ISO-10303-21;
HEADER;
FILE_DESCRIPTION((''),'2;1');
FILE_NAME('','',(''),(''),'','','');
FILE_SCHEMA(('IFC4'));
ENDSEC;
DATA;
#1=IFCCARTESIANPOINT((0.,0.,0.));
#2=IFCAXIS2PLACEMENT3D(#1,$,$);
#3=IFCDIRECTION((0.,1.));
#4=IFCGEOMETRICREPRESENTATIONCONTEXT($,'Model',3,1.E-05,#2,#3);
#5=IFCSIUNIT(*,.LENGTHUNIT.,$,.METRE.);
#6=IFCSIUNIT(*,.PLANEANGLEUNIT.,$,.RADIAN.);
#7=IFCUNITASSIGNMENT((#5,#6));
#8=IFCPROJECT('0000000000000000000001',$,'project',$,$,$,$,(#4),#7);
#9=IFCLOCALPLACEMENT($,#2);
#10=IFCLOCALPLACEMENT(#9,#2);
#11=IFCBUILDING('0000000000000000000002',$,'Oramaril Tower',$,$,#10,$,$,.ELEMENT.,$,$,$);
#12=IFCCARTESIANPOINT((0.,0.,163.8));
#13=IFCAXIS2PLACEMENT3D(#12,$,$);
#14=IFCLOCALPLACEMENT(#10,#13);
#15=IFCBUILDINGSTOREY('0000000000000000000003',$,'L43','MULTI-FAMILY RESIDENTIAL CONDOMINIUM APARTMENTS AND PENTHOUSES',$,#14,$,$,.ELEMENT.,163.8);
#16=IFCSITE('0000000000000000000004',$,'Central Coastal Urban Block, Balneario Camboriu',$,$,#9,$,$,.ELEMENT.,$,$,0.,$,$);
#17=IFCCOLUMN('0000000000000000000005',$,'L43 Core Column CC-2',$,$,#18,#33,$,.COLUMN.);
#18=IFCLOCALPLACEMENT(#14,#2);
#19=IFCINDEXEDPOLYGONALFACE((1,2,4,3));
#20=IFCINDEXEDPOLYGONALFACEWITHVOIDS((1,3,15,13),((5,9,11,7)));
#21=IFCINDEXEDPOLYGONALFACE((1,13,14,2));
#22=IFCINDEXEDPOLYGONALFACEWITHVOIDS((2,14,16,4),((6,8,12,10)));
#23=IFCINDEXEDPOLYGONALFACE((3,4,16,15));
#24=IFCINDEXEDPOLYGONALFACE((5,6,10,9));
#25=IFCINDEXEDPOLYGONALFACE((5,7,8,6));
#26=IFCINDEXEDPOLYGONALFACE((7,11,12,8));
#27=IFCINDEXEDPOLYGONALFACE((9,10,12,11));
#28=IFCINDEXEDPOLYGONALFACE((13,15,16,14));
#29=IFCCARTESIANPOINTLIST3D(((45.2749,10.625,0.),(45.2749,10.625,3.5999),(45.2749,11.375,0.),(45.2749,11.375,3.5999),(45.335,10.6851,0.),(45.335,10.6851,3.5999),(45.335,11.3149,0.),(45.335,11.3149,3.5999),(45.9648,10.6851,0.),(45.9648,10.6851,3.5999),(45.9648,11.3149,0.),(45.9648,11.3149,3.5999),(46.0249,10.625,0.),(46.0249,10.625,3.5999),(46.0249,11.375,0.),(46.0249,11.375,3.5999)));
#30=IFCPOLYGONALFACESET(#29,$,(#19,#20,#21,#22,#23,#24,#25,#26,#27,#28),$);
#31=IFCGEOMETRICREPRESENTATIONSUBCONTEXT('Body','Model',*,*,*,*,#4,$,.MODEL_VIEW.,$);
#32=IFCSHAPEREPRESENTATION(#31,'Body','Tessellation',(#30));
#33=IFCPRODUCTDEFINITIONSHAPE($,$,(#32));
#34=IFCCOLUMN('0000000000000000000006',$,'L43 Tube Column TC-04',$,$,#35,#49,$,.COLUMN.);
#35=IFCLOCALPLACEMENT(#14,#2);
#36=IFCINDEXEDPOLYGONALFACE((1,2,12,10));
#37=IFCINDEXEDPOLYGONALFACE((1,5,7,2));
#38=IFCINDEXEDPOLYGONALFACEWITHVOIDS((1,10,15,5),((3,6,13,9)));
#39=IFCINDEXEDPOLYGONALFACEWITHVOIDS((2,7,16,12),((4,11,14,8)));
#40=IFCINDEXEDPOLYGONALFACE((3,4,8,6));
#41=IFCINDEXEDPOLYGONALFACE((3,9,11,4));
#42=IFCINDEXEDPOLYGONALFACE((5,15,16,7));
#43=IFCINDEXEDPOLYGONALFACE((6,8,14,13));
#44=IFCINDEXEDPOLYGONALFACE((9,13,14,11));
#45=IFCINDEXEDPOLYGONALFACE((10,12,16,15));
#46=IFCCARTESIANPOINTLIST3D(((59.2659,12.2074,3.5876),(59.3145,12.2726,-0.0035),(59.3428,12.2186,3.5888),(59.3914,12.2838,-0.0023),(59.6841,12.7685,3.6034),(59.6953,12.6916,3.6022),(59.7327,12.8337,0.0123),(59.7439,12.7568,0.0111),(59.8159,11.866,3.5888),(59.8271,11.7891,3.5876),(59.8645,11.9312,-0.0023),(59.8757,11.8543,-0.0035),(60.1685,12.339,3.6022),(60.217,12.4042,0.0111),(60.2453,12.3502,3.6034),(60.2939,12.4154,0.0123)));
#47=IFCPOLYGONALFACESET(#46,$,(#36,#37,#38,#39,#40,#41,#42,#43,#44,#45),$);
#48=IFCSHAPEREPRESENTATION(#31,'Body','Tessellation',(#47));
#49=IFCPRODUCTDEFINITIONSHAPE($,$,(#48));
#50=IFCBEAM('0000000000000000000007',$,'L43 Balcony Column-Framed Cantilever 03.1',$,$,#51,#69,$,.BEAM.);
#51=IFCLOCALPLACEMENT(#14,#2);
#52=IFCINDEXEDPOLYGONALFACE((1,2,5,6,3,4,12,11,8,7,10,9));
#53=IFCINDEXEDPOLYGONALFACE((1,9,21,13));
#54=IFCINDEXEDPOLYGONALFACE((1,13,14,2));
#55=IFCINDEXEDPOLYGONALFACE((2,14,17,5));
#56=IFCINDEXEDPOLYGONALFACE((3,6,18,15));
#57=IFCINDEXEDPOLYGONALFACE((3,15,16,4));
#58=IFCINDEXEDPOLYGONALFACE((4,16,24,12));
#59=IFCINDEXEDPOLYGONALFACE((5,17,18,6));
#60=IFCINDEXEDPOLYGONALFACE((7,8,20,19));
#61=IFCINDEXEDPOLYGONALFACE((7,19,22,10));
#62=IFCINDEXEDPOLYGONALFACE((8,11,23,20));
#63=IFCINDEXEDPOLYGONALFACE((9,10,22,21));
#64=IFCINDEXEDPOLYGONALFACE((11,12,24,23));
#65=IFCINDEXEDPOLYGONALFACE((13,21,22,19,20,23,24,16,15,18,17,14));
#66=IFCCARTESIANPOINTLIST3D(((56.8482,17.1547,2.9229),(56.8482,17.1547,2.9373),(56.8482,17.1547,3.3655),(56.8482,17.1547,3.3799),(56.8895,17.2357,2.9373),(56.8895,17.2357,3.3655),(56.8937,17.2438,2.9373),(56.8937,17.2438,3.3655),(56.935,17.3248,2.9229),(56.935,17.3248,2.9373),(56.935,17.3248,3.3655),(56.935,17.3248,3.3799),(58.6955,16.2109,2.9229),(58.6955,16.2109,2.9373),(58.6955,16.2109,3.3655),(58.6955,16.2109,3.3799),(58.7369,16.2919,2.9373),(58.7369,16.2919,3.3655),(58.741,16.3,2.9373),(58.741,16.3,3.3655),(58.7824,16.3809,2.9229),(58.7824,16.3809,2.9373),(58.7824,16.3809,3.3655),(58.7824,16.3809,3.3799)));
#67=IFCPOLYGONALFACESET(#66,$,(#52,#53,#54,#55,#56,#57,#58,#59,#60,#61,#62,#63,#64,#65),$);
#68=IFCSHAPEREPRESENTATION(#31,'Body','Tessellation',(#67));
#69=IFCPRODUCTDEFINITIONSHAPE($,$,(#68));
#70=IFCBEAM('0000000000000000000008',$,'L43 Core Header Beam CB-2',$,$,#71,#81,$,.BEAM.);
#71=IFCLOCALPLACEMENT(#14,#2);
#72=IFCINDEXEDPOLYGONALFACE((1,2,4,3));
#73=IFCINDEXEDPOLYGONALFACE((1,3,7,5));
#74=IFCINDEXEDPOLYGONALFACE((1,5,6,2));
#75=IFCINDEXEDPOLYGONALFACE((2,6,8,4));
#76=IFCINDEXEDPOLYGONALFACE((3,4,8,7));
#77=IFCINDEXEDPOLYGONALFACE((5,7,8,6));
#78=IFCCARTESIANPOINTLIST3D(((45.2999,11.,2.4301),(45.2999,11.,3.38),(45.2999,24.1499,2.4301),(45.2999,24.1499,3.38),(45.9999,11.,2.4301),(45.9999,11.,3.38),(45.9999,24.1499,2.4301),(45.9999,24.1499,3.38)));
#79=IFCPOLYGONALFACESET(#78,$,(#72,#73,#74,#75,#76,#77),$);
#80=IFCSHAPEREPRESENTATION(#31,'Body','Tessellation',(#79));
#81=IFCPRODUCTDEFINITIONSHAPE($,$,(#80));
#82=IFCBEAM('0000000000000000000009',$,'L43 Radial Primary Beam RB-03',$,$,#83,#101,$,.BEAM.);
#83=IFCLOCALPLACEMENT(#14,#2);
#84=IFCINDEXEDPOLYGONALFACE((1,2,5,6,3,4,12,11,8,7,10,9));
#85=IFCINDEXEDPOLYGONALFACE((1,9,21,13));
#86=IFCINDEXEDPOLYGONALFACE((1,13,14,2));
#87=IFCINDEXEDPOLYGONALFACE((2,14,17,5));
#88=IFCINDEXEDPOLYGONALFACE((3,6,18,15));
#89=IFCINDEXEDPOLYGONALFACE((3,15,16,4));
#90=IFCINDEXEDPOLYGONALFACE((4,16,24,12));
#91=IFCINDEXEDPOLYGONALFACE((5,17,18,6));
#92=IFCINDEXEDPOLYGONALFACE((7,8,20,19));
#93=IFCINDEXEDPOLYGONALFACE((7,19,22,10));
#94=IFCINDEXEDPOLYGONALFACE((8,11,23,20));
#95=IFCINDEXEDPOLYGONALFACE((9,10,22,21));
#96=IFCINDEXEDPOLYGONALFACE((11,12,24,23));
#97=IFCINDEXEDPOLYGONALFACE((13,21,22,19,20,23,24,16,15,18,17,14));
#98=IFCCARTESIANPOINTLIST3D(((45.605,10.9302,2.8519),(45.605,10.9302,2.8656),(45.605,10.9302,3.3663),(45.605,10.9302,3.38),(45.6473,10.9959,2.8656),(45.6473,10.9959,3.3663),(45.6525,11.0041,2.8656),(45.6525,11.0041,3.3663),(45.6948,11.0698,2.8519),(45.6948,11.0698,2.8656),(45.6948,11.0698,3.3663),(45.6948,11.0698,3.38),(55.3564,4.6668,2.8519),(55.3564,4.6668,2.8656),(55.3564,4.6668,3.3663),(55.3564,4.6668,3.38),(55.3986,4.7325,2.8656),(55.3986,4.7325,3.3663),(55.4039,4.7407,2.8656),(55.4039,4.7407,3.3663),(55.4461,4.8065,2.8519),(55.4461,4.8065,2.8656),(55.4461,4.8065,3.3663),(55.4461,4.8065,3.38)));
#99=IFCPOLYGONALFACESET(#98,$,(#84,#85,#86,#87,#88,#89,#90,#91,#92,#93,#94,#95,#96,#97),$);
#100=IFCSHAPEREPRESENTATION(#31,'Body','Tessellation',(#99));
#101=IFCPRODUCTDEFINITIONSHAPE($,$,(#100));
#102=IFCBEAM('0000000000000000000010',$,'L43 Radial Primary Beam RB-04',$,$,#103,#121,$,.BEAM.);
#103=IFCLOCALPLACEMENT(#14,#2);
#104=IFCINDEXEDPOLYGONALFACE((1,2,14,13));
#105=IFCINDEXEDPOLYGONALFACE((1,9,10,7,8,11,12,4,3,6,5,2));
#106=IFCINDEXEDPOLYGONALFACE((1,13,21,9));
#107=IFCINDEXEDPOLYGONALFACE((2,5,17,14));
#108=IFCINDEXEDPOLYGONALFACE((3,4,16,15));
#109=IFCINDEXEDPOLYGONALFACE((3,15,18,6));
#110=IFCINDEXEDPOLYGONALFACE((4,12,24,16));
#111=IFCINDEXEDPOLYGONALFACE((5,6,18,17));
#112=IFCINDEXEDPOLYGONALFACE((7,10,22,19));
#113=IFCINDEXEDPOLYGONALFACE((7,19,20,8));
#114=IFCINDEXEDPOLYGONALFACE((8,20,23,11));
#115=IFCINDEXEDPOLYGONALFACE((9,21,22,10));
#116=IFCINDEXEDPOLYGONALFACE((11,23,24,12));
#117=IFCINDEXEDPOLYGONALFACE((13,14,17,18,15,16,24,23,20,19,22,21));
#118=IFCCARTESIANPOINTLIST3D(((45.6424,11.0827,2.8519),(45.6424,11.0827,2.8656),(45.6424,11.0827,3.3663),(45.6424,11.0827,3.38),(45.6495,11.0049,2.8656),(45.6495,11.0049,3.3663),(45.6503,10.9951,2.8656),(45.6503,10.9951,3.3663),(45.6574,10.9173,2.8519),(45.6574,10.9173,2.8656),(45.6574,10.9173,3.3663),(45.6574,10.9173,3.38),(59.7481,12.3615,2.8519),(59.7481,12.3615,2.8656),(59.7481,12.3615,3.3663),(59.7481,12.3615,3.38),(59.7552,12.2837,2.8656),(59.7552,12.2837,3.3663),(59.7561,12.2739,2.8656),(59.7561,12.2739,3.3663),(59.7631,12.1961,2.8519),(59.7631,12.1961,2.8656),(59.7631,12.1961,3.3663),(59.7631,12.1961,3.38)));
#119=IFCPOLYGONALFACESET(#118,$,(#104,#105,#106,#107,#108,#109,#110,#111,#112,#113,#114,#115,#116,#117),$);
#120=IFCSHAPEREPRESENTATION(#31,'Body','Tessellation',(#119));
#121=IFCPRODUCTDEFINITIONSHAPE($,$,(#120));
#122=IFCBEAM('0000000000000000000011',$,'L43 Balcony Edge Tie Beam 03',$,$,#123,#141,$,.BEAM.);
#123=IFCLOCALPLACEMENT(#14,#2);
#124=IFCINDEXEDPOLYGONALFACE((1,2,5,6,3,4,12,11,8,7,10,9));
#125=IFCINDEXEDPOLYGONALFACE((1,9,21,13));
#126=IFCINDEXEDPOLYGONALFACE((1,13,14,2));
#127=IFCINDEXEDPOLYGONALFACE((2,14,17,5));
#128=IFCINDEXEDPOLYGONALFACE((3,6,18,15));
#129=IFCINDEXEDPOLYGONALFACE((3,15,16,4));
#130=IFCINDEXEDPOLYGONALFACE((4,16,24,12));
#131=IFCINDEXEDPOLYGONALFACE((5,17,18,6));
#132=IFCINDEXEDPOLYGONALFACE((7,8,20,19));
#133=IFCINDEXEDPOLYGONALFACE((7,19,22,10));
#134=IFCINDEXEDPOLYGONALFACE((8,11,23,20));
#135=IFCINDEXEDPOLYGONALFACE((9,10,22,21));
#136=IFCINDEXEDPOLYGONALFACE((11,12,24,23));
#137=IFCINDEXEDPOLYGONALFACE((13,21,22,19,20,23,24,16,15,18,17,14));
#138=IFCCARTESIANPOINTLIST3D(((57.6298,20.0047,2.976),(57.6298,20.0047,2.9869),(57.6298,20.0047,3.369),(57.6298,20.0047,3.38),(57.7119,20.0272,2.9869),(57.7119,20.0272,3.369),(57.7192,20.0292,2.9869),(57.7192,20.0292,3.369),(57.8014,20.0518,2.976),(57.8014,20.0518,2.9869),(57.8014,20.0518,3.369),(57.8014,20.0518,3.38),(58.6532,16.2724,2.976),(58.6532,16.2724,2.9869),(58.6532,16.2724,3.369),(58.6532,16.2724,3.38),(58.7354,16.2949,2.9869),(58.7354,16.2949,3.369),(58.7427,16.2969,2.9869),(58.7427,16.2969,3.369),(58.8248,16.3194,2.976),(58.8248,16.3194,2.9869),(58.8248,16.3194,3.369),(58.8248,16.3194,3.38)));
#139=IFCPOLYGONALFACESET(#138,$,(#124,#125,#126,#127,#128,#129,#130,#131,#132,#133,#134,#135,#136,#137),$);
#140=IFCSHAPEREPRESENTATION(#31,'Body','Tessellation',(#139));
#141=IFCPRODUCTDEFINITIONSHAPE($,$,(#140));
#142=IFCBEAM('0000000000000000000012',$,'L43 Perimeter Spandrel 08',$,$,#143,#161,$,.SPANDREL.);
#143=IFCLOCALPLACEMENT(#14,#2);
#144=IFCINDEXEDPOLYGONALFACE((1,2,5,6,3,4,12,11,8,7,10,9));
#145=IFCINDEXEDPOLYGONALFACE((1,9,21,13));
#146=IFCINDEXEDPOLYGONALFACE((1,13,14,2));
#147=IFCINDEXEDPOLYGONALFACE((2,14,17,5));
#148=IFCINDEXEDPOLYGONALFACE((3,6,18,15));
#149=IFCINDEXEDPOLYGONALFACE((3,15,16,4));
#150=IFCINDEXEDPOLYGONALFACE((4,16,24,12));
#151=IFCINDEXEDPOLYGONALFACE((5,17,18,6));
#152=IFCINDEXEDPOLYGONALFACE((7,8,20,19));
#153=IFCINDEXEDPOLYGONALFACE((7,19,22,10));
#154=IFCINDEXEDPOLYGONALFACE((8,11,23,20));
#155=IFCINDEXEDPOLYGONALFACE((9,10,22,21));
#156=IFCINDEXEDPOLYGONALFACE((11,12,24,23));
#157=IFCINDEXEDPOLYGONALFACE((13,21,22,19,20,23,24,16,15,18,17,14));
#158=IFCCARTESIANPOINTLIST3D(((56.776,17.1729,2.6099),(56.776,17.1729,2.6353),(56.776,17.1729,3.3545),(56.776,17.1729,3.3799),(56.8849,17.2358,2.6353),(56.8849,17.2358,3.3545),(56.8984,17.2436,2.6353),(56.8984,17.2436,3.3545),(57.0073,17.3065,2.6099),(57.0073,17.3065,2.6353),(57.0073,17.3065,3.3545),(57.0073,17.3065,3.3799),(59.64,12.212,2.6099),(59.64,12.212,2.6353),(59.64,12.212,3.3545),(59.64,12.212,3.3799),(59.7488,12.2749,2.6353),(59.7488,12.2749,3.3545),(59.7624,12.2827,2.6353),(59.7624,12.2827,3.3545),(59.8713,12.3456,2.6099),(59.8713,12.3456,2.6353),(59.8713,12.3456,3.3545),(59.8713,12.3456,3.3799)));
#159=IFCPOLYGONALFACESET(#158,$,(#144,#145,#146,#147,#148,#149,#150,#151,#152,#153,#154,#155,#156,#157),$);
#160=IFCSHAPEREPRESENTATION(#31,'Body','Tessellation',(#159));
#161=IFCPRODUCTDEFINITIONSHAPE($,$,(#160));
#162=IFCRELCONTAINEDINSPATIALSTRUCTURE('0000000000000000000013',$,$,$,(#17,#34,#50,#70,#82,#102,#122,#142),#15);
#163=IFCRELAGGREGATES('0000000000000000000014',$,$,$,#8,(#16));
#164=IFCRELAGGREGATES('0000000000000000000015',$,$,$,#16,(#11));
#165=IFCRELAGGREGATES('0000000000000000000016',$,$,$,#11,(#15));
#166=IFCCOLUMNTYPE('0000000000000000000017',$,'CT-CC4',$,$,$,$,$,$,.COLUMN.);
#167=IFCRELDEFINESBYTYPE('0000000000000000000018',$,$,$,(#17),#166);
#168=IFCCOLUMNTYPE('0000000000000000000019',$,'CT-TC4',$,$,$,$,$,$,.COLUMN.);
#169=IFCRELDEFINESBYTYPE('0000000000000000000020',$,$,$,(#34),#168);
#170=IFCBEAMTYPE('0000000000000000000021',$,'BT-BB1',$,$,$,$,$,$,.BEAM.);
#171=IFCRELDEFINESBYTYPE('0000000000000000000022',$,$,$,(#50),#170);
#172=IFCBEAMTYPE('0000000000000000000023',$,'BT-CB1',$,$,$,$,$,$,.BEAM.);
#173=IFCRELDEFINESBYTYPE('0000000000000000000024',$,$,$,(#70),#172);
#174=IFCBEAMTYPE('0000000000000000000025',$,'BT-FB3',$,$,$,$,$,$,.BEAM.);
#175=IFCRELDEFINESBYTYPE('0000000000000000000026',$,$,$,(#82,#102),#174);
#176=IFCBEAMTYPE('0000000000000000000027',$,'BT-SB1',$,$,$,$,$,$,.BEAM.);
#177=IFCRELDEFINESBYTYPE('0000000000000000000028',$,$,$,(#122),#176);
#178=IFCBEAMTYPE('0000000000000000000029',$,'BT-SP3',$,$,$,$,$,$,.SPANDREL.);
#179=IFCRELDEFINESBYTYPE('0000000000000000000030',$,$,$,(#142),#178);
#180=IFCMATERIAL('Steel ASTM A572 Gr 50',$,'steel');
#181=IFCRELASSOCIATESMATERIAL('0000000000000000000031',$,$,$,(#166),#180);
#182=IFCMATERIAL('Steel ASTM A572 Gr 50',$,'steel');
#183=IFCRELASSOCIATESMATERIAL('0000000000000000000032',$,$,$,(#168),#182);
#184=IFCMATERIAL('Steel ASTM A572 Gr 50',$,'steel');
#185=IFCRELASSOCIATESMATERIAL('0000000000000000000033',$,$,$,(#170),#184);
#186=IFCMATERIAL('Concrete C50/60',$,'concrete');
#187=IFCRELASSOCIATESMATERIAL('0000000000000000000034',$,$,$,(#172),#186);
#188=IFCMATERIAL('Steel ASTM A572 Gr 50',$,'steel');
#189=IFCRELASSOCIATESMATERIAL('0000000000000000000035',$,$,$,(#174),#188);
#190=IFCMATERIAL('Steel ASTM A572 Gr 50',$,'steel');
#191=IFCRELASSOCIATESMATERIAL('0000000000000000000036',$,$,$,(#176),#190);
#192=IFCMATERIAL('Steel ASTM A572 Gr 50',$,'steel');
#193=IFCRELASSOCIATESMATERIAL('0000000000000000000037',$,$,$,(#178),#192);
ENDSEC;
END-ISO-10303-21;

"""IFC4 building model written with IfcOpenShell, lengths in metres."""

from ifc_helpers import new_model, si_unit, direction, frame, origin, origin_2d, place, context, subcontext, project, spatial, rectangle, hollow_rectangle, i_section, extrude, material, material_profile, profile_set, type_object, element, save


model = new_model("IFC4")

# Units and contexts
model_context = context("Model", 3, precision=1e-05, world=origin(), true_north=direction((0.0, 1.0)))
body_context = subcontext(model_context, "Body", "Model", "MODEL_VIEW")
ifc_project = project(units=[si_unit("LENGTHUNIT", "METRE"), si_unit("PLANEANGLEUNIT", "RADIAN")], contexts=[model_context])

# Site, building, storey
site_placement = place(None, origin())
site = spatial("IfcSite", under=ifc_project, at=site_placement, Name="Central Coastal Urban Block, Balneario Camboriu", CompositionType="ELEMENT", RefElevation=0.0)
building_placement = place(site_placement, origin())
building = spatial("IfcBuilding", under=site, at=building_placement, Name="Oramaril Tower", CompositionType="ELEMENT")
storey_placement = place(building_placement, frame((0.0, 0.0, 163.8)))
storey = spatial("IfcBuildingStorey", under=building, at=storey_placement, Name="L43", Description="MULTI-FAMILY RESIDENTIAL CONDOMINIUM APARTMENTS AND PENTHOUSES", CompositionType="ELEMENT", Elevation=163.8)

# Columns
ifc_material_1 = material(Name="Steel ASTM A572 Gr 50", Category="steel")
ifc_material_profile_1 = material_profile(ifc_material_1, hollow_rectangle(XDim=0.75, YDim=0.75, WallThickness=0.0601, at=origin_2d()), Name="BOX750X750X60")
ifc_profile_set_1 = profile_set([ifc_material_profile_1], Name="Steel ASTM A572 Gr 50")
column_type_1 = type_object("IfcColumnType", Name="CT-CC4", PredefinedType="COLUMN", material=ifc_profile_set_1)
column_1_placement = place(storey_placement, frame((45.6499, 11.0, 0.0), z_axis=(0.0, 0.0, 1.0), x_axis=(1.0, 0.0, 0.0)))
element("IfcColumn", 1, at=column_1_placement, inside=storey, type_object=column_type_1, Name="L43 Core Column CC-2", PredefinedType="COLUMN", context=body_context, shape_type="SweptSolid", body=[
    extrude(hollow_rectangle(XDim=0.75, YDim=0.75, WallThickness=0.0601, at=origin_2d()), origin(), (0.0, 0.0, 1.0), 3.5999),
])
ifc_material_2 = material(Name="Steel ASTM A572 Gr 50", Category="steel")
ifc_material_profile_2 = material_profile(ifc_material_2, hollow_rectangle(XDim=0.7, YDim=0.7, WallThickness=0.0549, at=origin_2d()), Name="BOX700X700X55")
ifc_profile_set_2 = profile_set([ifc_material_profile_2], Name="Steel ASTM A572 Gr 50")
column_type_2 = type_object("IfcColumnType", Name="CT-TC4", PredefinedType="COLUMN", material=ifc_profile_set_2)
column_2_placement = place(storey_placement, frame((59.8042, 12.344, 0.0044), z_axis=(-0.013526, -0.018148, 0.999744), x_axis=(0.801798, -0.597595, 0.0)))
element("IfcColumn", 2, at=column_2_placement, inside=storey, type_object=column_type_2, Name="L43 Tube Column TC-04", PredefinedType="COLUMN", context=body_context, shape_type="SweptSolid", body=[
    extrude(hollow_rectangle(XDim=0.7, YDim=0.7, WallThickness=0.0549, at=origin_2d()), origin(), (0.0, 0.0, 1.0), 3.592),
])

# Beams
ifc_material_3 = material(Name="Steel ASTM A572 Gr 50", Category="steel")
ifc_material_profile_3 = material_profile(ifc_material_3, i_section(OverallWidth=0.1909, OverallDepth=0.457, WebThickness=0.009, FlangeThickness=0.0144, at=origin_2d()), Name="W18X50")
ifc_profile_set_3 = profile_set([ifc_material_profile_3], Name="Steel ASTM A572 Gr 50")
beam_type_1 = type_object("IfcBeamType", Name="BT-BB1", PredefinedType="BEAM", material=ifc_profile_set_3)
beam_1_placement = place(storey_placement, frame((56.8916, 17.2397, 3.1514), z_axis=(0.89051, -0.454964, 0.0), x_axis=(0.454964, 0.89051, 0.0)))
element("IfcBeam", 3, at=beam_1_placement, inside=storey, type_object=beam_type_1, Name="L43 Balcony Column-Framed Cantilever 03.1", PredefinedType="BEAM", context=body_context, shape_type="SweptSolid", body=[
    extrude(i_section(OverallWidth=0.1909, OverallDepth=0.457, WebThickness=0.009, FlangeThickness=0.0144, at=origin_2d()), origin(), (0.0, 0.0, 1.0), 2.0745),
])
ifc_material_4 = material(Name="Concrete C50/60", Category="concrete")
ifc_material_profile_4 = material_profile(ifc_material_4, rectangle(XDim=0.7, YDim=0.95, at=origin_2d()), Name="CB700X950")
ifc_profile_set_4 = profile_set([ifc_material_profile_4], Name="Concrete C50/60")
beam_type_2 = type_object("IfcBeamType", Name="BT-CB1", PredefinedType="BEAM", material=ifc_profile_set_4)
beam_2_placement = place(storey_placement, frame((45.6499, 11.0, 2.905), z_axis=(0.0, 1.0, 0.0), x_axis=(-1.0, 0.0, 0.0)))
element("IfcBeam", 4, at=beam_2_placement, inside=storey, type_object=beam_type_2, Name="L43 Core Header Beam CB-2", PredefinedType="BEAM", context=body_context, shape_type="SweptSolid", body=[
    extrude(rectangle(XDim=0.7, YDim=0.95, at=origin_2d()), origin(), (0.0, 0.0, 1.0), 13.1499),
])
ifc_material_5 = material(Name="Steel ASTM A572 Gr 50", Category="steel")
ifc_material_profile_5 = material_profile(ifc_material_5, i_section(OverallWidth=0.166, OverallDepth=0.5281, WebThickness=0.0098, FlangeThickness=0.0137, at=origin_2d()), Name="W21X50")
ifc_profile_set_5 = profile_set([ifc_material_profile_5], Name="Steel ASTM A572 Gr 50")
beam_type_3 = type_object("IfcBeamType", Name="BT-FB3", PredefinedType="BEAM", material=ifc_profile_set_5)
beam_3_placement = place(storey_placement, frame((45.6499, 11.0, 3.116), z_axis=(0.841389, -0.54043, 0.0), x_axis=(0.54043, 0.841389, 0.0)))
element("IfcBeam", 5, at=beam_3_placement, inside=storey, type_object=beam_type_3, Name="L43 Radial Primary Beam RB-03", PredefinedType="BEAM", context=body_context, shape_type="SweptSolid", body=[
    extrude(i_section(OverallWidth=0.166, OverallDepth=0.5281, WebThickness=0.0098, FlangeThickness=0.0137, at=origin_2d()), origin(), (0.0, 0.0, 1.0), 11.5896),
])
beam_4_placement = place(storey_placement, frame((45.6499, 11.0, 3.116), z_axis=(0.995916, 0.090289, 0.0), x_axis=(-0.090289, 0.995916, 0.0)))
element("IfcBeam", 6, at=beam_4_placement, inside=storey, type_object=beam_type_3, Name="L43 Radial Primary Beam RB-04", PredefinedType="BEAM", context=body_context, shape_type="SweptSolid", body=[
    extrude(i_section(OverallWidth=0.166, OverallDepth=0.5281, WebThickness=0.0098, FlangeThickness=0.0137, at=origin_2d()), origin(), (0.0, 0.0, 1.0), 14.1636),
])
ifc_material_6 = material(Name="Steel ASTM A572 Gr 50", Category="steel")
ifc_material_profile_6 = material_profile(ifc_material_6, i_section(OverallWidth=0.178, OverallDepth=0.4041, WebThickness=0.0076, FlangeThickness=0.011, at=origin_2d()), Name="W16X36")
ifc_profile_set_6 = profile_set([ifc_material_profile_6], Name="Steel ASTM A572 Gr 50")
beam_type_4 = type_object("IfcBeamType", Name="BT-SB1", PredefinedType="BEAM", material=ifc_profile_set_6)
beam_5_placement = place(storey_placement, frame((58.739, 16.2959, 3.178), z_axis=(-0.264441, 0.964402, 0.0), x_axis=(-0.964402, -0.264441, 0.0)))
element("IfcBeam", 7, at=beam_5_placement, inside=storey, type_object=beam_type_4, Name="L43 Balcony Edge Tie Beam 03", PredefinedType="BEAM", context=body_context, shape_type="SweptSolid", body=[
    extrude(i_section(OverallWidth=0.178, OverallDepth=0.4041, WebThickness=0.0076, FlangeThickness=0.011, at=origin_2d()), origin(), (0.0, 0.0, 1.0), 3.8701),
])
ifc_material_7 = material(Name="Steel ASTM A572 Gr 50", Category="steel")
ifc_material_profile_7 = material_profile(ifc_material_7, i_section(OverallWidth=0.2671, OverallDepth=0.77, WebThickness=0.0156, FlangeThickness=0.0254, at=origin_2d()), Name="W30X132")
ifc_profile_set_7 = profile_set([ifc_material_profile_7], Name="Steel ASTM A572 Gr 50")
beam_type_5 = type_object("IfcBeamType", Name="BT-SP3", PredefinedType="SPANDREL", material=ifc_profile_set_7)
beam_6_placement = place(storey_placement, frame((59.7556, 12.2788, 2.9949), z_axis=(-0.499976, 0.866039, 0.0), x_axis=(-0.866039, -0.499976, 0.0)))
element("IfcBeam", 8, at=beam_6_placement, inside=storey, type_object=beam_type_5, Name="L43 Perimeter Spandrel 08", PredefinedType="SPANDREL", context=body_context, shape_type="SweptSolid", body=[
    extrude(i_section(OverallWidth=0.2671, OverallDepth=0.77, WebThickness=0.0156, FlangeThickness=0.0254, at=origin_2d()), origin(), (0.0, 0.0, 1.0), 5.7283),
])

save(model, "model.ifc")
